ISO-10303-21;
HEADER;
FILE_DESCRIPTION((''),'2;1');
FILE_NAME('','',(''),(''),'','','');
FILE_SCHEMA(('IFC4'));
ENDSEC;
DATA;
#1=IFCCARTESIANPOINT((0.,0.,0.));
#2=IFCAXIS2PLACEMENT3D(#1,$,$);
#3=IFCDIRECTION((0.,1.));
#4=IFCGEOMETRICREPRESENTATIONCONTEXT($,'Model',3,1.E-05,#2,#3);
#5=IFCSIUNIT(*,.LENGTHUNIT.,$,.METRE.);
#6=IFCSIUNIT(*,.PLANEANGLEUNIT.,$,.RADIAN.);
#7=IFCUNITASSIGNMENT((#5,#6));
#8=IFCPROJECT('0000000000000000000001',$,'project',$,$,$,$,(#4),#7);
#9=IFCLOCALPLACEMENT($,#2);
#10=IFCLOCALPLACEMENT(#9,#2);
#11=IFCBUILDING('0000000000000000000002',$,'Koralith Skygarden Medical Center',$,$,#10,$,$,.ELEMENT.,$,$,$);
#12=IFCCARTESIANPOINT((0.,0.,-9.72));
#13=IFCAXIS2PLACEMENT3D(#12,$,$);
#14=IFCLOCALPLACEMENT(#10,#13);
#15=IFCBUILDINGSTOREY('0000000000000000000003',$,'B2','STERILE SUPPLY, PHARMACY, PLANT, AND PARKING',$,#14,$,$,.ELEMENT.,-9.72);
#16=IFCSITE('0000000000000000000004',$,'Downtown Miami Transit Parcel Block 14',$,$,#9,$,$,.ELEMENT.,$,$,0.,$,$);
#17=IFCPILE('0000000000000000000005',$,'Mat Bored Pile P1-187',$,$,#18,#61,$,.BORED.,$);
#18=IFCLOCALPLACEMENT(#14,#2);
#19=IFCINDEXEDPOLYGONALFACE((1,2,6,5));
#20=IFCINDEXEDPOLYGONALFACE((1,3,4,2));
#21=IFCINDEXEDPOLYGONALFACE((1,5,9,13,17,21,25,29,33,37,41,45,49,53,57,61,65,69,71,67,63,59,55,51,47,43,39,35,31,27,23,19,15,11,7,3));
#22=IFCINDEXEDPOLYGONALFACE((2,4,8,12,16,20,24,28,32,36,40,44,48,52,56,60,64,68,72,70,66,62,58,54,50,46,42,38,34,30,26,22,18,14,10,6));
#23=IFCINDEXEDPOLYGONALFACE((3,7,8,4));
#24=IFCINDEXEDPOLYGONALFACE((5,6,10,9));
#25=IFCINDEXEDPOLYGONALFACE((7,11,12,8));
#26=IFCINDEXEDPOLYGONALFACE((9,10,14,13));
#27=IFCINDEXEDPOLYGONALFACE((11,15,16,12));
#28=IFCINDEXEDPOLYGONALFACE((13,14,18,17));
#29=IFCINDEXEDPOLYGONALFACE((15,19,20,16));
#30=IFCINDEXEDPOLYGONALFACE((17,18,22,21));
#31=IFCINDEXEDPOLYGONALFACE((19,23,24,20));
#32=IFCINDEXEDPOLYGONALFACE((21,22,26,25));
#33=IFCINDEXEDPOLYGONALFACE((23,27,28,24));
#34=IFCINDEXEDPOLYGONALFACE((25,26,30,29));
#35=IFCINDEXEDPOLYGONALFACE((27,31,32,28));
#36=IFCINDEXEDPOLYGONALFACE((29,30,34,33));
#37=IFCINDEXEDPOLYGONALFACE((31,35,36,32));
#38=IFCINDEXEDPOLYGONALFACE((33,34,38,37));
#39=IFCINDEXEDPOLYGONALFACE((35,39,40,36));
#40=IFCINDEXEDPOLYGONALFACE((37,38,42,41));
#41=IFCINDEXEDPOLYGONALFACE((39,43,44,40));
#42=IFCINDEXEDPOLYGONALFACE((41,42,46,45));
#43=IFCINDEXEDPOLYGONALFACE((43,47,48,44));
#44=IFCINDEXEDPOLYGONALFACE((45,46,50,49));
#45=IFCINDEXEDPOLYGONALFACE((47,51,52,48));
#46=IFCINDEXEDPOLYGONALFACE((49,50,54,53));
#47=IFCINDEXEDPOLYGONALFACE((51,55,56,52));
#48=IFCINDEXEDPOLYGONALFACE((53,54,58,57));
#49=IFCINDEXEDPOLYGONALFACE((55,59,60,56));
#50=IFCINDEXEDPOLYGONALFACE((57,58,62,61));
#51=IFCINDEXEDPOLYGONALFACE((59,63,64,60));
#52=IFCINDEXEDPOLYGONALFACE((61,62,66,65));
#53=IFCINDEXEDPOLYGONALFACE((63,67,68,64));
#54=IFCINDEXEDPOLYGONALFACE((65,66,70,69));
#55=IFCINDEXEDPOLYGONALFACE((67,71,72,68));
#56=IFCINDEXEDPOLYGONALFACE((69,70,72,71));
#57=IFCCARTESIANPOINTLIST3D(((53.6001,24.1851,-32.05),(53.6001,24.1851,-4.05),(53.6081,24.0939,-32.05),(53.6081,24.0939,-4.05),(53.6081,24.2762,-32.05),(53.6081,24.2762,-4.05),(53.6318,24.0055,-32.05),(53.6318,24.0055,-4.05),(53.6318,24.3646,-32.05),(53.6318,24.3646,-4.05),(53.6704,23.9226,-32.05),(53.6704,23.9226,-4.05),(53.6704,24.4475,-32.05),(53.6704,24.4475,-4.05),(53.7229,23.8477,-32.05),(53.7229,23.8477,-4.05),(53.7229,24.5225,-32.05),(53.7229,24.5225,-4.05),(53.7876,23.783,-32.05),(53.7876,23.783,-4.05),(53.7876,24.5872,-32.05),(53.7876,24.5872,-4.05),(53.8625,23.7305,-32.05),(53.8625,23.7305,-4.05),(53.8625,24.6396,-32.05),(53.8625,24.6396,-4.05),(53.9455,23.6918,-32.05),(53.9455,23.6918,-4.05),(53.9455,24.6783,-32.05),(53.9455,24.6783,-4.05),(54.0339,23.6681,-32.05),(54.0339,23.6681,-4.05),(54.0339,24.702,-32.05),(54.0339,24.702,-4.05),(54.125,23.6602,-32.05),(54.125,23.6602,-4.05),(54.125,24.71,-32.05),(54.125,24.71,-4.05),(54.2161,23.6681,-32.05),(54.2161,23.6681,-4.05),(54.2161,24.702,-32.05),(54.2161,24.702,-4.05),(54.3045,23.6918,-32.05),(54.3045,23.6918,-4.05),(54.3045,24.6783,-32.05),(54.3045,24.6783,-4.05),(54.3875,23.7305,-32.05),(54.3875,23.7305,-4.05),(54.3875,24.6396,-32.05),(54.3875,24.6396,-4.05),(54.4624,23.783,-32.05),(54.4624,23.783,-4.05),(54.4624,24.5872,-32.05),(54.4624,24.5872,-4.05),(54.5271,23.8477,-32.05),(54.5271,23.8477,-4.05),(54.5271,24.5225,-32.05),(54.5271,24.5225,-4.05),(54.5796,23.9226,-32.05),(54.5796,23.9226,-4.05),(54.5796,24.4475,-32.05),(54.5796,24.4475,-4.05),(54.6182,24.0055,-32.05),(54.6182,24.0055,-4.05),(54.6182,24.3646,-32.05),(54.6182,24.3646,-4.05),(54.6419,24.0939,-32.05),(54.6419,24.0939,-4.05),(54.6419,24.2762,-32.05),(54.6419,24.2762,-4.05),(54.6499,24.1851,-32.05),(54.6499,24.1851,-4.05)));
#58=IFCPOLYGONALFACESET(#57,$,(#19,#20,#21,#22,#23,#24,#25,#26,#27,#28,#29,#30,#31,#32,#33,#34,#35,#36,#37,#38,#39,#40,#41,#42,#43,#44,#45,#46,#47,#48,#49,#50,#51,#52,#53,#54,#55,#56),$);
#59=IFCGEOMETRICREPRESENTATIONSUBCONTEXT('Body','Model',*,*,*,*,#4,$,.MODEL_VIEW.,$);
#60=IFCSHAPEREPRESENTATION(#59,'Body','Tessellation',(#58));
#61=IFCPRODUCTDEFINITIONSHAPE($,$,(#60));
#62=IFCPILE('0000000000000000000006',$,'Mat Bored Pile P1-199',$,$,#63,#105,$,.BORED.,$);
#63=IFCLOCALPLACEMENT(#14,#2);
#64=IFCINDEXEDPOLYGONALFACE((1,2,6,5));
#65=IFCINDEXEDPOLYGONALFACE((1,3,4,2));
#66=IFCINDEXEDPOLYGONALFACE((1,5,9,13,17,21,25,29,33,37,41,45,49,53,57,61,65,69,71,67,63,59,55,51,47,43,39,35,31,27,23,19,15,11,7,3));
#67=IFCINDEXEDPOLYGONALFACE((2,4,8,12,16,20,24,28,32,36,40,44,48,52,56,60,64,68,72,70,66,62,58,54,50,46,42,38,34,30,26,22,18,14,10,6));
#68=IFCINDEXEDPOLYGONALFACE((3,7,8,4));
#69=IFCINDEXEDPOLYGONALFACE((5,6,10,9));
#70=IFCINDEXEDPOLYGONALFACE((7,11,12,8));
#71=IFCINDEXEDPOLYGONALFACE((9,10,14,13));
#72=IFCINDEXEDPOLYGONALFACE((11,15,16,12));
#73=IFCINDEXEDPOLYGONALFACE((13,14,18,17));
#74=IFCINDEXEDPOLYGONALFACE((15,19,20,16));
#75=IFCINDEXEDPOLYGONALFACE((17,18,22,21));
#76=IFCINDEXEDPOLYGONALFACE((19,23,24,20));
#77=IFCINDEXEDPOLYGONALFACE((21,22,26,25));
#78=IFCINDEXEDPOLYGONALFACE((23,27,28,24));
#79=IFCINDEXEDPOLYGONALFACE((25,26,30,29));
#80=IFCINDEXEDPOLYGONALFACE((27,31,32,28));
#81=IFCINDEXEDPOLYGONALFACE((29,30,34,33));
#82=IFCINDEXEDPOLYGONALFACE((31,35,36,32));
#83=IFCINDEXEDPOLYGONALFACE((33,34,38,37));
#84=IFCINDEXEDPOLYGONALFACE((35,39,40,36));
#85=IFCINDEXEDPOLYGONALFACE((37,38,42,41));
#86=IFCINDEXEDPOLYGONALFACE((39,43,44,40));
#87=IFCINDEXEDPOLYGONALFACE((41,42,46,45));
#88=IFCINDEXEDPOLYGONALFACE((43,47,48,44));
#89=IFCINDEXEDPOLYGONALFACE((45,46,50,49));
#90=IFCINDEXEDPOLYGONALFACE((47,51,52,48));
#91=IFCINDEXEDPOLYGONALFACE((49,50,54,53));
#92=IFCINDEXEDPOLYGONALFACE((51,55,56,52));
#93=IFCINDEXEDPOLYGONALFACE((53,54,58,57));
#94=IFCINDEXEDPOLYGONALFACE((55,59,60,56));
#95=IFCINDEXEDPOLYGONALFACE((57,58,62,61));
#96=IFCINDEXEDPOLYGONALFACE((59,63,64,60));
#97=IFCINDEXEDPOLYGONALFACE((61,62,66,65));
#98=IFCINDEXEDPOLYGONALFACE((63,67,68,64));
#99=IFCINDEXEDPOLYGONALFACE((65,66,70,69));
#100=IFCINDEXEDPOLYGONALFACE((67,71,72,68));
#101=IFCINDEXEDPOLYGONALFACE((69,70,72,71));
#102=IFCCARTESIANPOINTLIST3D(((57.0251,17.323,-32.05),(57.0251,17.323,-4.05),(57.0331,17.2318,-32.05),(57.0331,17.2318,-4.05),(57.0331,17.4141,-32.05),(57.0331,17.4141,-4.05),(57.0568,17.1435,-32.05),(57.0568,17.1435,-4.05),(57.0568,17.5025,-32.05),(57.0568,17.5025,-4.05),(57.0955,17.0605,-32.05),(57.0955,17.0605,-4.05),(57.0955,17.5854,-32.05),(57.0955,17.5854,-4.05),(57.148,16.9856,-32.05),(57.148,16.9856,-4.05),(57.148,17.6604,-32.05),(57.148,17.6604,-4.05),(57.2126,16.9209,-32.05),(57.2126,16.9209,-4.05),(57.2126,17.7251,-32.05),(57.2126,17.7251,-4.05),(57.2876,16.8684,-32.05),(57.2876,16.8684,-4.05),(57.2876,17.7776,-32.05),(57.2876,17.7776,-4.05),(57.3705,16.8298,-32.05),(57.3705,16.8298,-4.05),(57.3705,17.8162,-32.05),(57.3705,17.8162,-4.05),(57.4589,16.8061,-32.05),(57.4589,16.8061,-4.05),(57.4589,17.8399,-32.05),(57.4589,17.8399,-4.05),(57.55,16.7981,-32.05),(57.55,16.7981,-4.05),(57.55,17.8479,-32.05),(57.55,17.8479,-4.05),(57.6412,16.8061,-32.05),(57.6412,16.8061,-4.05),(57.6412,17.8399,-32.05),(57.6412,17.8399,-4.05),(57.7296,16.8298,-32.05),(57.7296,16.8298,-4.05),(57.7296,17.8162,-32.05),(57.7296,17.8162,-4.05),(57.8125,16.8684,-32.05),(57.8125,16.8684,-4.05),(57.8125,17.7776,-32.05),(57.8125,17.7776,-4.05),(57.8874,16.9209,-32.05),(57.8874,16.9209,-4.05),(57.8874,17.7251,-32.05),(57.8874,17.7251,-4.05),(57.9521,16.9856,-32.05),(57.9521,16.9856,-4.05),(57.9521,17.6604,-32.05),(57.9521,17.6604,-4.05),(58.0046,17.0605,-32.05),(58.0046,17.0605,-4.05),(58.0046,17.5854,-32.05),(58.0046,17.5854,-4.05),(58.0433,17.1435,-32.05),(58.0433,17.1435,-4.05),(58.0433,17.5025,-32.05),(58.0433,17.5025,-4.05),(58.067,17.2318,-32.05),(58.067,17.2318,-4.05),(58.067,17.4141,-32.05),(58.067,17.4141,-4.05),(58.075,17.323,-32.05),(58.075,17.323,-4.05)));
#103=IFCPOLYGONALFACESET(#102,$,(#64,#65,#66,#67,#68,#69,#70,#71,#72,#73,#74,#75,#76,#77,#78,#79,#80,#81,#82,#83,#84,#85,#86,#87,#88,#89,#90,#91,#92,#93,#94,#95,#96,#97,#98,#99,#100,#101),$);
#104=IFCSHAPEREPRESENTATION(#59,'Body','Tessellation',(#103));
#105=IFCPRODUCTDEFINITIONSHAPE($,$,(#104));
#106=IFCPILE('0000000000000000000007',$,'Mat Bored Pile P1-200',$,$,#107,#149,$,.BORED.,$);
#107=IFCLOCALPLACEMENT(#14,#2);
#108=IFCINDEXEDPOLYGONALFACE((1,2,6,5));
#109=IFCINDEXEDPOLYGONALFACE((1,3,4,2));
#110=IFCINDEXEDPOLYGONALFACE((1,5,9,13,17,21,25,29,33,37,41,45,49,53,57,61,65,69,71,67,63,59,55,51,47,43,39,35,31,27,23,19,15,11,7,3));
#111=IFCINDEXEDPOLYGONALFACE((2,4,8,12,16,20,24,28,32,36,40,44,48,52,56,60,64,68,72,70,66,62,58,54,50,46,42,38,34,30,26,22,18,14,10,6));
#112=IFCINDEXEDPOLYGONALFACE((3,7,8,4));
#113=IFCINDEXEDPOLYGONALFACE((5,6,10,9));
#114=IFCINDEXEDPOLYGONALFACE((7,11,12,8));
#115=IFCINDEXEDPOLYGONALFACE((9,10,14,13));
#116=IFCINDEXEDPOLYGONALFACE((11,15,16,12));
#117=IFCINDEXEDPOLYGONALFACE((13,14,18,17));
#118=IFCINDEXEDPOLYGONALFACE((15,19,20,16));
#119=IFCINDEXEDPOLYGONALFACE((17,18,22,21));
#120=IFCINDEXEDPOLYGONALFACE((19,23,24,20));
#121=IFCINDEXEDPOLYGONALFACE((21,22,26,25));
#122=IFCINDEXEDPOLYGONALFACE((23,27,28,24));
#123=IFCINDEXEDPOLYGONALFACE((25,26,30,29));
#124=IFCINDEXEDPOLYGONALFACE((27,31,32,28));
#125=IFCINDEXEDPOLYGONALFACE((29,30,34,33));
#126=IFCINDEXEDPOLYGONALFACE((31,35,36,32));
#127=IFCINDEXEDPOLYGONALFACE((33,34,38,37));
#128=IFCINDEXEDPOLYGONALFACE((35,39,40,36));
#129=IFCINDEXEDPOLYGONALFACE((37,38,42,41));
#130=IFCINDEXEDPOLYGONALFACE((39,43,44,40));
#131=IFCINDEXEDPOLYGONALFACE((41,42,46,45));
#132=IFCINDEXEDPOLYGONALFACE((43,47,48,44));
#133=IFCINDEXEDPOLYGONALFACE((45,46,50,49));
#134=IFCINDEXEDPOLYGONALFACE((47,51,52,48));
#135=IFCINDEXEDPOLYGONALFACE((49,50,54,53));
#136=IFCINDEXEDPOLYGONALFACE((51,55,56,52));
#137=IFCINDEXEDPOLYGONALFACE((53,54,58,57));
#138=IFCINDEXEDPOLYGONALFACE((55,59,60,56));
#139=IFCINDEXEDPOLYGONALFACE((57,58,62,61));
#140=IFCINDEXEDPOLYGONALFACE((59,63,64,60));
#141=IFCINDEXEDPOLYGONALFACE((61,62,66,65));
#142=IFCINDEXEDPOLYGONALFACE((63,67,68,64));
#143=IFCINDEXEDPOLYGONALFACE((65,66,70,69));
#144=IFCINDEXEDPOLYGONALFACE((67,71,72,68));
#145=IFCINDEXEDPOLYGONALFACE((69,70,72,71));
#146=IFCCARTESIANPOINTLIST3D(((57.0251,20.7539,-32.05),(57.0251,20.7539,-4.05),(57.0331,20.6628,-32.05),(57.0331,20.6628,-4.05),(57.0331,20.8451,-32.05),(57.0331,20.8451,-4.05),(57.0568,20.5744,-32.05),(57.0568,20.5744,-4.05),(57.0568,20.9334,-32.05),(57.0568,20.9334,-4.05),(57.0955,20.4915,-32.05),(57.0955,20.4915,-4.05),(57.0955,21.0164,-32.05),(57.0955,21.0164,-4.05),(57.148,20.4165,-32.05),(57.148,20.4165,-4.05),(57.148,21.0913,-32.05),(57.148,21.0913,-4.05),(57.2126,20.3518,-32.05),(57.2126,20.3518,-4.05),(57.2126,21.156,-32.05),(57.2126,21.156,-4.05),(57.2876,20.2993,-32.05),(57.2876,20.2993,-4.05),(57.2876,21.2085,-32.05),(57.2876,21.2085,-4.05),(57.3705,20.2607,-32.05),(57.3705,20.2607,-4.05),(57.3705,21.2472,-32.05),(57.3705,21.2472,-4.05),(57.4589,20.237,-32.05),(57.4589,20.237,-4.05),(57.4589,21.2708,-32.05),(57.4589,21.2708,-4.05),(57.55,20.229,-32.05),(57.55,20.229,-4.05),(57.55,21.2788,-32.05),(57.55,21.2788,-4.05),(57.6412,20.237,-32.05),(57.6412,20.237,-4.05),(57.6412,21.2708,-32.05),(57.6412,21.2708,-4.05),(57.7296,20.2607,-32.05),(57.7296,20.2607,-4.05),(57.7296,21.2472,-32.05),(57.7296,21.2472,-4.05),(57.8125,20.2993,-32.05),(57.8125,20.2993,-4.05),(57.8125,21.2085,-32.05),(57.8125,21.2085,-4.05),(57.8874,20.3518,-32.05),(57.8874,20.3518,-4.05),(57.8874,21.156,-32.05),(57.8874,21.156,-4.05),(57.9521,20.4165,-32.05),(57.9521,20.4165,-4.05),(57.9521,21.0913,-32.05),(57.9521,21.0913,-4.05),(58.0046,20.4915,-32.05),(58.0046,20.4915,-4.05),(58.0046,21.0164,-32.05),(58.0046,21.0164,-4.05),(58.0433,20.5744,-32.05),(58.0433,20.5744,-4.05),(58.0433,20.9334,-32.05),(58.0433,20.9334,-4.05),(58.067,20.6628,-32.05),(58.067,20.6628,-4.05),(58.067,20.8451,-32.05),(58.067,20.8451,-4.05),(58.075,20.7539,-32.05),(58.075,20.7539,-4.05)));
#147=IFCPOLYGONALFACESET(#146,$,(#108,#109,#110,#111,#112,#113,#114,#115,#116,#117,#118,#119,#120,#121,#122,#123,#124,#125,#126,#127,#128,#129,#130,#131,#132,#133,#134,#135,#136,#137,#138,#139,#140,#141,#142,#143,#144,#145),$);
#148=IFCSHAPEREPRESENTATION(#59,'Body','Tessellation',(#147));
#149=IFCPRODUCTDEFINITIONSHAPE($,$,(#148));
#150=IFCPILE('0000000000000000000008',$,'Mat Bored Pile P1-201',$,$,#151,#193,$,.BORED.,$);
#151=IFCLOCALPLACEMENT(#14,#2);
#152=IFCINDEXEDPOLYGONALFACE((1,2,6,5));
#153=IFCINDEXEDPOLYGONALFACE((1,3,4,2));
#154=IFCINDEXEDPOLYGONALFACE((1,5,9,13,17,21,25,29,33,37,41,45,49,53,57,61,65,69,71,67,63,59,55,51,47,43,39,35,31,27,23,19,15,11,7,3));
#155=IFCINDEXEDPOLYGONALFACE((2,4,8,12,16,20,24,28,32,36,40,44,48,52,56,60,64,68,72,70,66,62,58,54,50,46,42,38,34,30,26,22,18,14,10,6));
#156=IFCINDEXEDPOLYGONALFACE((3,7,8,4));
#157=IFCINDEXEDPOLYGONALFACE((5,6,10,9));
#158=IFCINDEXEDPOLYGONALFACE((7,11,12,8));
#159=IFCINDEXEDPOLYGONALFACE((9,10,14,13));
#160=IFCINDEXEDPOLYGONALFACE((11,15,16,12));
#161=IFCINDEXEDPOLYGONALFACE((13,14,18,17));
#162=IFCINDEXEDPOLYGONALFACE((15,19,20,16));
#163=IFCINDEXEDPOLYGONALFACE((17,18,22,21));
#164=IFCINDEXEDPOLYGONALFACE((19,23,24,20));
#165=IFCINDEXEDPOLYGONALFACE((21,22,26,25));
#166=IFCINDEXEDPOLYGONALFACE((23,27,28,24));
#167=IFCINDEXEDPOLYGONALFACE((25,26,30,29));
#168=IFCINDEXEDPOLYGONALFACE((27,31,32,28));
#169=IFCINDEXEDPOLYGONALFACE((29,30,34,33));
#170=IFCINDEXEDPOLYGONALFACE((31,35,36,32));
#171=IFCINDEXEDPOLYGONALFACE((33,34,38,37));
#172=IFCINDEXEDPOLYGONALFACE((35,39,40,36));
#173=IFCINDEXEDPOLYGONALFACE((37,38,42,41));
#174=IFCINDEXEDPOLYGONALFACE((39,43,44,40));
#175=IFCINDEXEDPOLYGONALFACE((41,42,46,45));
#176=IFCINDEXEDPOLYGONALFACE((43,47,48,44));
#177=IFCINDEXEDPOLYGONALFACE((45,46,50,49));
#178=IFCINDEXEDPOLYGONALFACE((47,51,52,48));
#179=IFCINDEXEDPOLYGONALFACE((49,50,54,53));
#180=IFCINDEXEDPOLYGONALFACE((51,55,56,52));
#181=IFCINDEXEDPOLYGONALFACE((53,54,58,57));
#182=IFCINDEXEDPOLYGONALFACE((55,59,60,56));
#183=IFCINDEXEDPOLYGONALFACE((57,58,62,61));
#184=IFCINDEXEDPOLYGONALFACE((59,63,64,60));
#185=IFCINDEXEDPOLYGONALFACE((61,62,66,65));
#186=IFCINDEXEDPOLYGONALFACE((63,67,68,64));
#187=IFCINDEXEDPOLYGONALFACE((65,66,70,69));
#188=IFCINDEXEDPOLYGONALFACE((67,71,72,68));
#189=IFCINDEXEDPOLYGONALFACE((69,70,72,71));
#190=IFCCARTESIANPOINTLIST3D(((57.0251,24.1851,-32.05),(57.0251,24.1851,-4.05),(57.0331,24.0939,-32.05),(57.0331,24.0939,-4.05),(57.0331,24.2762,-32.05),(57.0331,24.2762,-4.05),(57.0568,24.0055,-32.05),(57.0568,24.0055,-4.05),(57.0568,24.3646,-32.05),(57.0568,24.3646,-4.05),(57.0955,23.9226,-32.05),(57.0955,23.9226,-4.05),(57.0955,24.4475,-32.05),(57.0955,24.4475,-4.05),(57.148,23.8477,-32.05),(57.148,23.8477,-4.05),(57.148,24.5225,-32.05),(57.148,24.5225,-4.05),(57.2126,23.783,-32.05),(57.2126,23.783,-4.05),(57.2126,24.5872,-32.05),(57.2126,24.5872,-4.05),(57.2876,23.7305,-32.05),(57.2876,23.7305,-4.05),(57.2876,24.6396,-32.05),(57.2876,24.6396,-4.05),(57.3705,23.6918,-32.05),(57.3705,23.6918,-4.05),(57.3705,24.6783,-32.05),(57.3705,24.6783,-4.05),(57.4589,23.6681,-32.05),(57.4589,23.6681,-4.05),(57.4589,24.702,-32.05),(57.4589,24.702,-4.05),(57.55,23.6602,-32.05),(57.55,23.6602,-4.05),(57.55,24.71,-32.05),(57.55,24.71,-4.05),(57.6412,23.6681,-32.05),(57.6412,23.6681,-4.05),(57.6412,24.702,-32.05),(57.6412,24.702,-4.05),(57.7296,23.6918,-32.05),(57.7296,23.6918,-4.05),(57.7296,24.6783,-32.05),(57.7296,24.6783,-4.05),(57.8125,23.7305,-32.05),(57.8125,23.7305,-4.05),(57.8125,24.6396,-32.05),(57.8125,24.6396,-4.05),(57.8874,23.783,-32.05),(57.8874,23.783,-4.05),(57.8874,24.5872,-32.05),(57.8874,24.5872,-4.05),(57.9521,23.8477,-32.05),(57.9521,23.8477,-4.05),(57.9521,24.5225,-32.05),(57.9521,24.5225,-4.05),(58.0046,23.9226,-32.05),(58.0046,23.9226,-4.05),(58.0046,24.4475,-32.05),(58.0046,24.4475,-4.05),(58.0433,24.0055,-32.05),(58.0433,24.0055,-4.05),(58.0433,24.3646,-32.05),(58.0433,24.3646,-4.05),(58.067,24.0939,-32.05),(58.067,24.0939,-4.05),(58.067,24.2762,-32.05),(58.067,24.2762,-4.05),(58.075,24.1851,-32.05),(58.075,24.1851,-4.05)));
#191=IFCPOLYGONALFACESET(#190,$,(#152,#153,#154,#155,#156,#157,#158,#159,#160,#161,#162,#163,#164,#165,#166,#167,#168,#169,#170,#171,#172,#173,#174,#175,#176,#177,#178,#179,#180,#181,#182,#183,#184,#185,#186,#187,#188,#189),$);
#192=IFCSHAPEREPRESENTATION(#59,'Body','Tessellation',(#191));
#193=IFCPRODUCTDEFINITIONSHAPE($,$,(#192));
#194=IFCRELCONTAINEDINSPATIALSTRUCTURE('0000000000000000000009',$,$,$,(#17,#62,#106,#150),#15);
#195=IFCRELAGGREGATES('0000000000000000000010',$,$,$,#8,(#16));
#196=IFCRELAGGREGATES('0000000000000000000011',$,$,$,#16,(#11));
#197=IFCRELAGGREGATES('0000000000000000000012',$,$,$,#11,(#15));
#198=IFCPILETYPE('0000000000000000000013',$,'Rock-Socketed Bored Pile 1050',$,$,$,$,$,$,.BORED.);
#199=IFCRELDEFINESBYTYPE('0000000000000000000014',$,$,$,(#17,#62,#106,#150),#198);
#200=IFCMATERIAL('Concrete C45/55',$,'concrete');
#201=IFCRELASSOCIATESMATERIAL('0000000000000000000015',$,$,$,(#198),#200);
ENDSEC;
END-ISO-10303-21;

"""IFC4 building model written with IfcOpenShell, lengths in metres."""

from ifc_helpers import new_model, si_unit, direction, frame, origin, origin_2d, place, context, subcontext, project, spatial, circle, extrude, material, material_profile, profile_set, type_object, element, save


model = new_model("IFC4")

# Units and contexts
model_context = context("Model", 3, precision=1e-05, world=origin(), true_north=direction((0.0, 1.0)))
body_context = subcontext(model_context, "Body", "Model", "MODEL_VIEW")
ifc_project = project(units=[si_unit("LENGTHUNIT", "METRE"), si_unit("PLANEANGLEUNIT", "RADIAN")], contexts=[model_context])

# Site, building, storey
site_placement = place(None, origin())
site = spatial("IfcSite", under=ifc_project, at=site_placement, Name="Downtown Miami Transit Parcel Block 14", CompositionType="ELEMENT", RefElevation=0.0)
building_placement = place(site_placement, origin())
building = spatial("IfcBuilding", under=site, at=building_placement, Name="Koralith Skygarden Medical Center", CompositionType="ELEMENT")
storey_placement = place(building_placement, frame((0.0, 0.0, -9.72)))
storey = spatial("IfcBuildingStorey", under=building, at=storey_placement, Name="B2", Description="STERILE SUPPLY, PHARMACY, PLANT, AND PARKING", CompositionType="ELEMENT", Elevation=-9.72)

# Piles
ifc_material_1 = material(Name="Concrete C45/55", Category="concrete")
ifc_material_profile_1 = material_profile(ifc_material_1, circle(Radius=0.5249, at=origin_2d()), Name="PILE1050")
ifc_profile_set_1 = profile_set([ifc_material_profile_1], Name="Concrete C45/55")
pile_type = type_object("IfcPileType", Name="Rock-Socketed Bored Pile 1050", PredefinedType="BORED", material=ifc_profile_set_1)
for number, where, z_axis, x_axis, name in (
    (1, (54.125, 24.1851, -4.05), (0.0, 0.0, -1.0), (1.0, 0.0, 0.0), "Mat Bored Pile P1-187"),
    (2, (57.55, 17.323, -4.05), (0.0, 0.0, -1.0), (1.0, 0.0, 0.0), "Mat Bored Pile P1-199"),
    (3, (57.55, 20.7539, -4.05), (0.0, 0.0, -1.0), (1.0, 0.0, 0.0), "Mat Bored Pile P1-200"),
    (4, (57.55, 24.1851, -4.05), (0.0, 0.0, -1.0), (1.0, 0.0, 0.0), "Mat Bored Pile P1-201"),
):
    element("IfcPile", number, at=place(storey_placement, frame(where, z_axis=z_axis, x_axis=x_axis)), inside=storey, type_object=pile_type, Name=name, PredefinedType="BORED", context=body_context, shape_type="SweptSolid", body=[
        extrude(circle(Radius=0.5249, at=origin_2d()), origin(), (0.0, 0.0, 1.0), 28.0),
    ])

save(model, "model.ifc")
